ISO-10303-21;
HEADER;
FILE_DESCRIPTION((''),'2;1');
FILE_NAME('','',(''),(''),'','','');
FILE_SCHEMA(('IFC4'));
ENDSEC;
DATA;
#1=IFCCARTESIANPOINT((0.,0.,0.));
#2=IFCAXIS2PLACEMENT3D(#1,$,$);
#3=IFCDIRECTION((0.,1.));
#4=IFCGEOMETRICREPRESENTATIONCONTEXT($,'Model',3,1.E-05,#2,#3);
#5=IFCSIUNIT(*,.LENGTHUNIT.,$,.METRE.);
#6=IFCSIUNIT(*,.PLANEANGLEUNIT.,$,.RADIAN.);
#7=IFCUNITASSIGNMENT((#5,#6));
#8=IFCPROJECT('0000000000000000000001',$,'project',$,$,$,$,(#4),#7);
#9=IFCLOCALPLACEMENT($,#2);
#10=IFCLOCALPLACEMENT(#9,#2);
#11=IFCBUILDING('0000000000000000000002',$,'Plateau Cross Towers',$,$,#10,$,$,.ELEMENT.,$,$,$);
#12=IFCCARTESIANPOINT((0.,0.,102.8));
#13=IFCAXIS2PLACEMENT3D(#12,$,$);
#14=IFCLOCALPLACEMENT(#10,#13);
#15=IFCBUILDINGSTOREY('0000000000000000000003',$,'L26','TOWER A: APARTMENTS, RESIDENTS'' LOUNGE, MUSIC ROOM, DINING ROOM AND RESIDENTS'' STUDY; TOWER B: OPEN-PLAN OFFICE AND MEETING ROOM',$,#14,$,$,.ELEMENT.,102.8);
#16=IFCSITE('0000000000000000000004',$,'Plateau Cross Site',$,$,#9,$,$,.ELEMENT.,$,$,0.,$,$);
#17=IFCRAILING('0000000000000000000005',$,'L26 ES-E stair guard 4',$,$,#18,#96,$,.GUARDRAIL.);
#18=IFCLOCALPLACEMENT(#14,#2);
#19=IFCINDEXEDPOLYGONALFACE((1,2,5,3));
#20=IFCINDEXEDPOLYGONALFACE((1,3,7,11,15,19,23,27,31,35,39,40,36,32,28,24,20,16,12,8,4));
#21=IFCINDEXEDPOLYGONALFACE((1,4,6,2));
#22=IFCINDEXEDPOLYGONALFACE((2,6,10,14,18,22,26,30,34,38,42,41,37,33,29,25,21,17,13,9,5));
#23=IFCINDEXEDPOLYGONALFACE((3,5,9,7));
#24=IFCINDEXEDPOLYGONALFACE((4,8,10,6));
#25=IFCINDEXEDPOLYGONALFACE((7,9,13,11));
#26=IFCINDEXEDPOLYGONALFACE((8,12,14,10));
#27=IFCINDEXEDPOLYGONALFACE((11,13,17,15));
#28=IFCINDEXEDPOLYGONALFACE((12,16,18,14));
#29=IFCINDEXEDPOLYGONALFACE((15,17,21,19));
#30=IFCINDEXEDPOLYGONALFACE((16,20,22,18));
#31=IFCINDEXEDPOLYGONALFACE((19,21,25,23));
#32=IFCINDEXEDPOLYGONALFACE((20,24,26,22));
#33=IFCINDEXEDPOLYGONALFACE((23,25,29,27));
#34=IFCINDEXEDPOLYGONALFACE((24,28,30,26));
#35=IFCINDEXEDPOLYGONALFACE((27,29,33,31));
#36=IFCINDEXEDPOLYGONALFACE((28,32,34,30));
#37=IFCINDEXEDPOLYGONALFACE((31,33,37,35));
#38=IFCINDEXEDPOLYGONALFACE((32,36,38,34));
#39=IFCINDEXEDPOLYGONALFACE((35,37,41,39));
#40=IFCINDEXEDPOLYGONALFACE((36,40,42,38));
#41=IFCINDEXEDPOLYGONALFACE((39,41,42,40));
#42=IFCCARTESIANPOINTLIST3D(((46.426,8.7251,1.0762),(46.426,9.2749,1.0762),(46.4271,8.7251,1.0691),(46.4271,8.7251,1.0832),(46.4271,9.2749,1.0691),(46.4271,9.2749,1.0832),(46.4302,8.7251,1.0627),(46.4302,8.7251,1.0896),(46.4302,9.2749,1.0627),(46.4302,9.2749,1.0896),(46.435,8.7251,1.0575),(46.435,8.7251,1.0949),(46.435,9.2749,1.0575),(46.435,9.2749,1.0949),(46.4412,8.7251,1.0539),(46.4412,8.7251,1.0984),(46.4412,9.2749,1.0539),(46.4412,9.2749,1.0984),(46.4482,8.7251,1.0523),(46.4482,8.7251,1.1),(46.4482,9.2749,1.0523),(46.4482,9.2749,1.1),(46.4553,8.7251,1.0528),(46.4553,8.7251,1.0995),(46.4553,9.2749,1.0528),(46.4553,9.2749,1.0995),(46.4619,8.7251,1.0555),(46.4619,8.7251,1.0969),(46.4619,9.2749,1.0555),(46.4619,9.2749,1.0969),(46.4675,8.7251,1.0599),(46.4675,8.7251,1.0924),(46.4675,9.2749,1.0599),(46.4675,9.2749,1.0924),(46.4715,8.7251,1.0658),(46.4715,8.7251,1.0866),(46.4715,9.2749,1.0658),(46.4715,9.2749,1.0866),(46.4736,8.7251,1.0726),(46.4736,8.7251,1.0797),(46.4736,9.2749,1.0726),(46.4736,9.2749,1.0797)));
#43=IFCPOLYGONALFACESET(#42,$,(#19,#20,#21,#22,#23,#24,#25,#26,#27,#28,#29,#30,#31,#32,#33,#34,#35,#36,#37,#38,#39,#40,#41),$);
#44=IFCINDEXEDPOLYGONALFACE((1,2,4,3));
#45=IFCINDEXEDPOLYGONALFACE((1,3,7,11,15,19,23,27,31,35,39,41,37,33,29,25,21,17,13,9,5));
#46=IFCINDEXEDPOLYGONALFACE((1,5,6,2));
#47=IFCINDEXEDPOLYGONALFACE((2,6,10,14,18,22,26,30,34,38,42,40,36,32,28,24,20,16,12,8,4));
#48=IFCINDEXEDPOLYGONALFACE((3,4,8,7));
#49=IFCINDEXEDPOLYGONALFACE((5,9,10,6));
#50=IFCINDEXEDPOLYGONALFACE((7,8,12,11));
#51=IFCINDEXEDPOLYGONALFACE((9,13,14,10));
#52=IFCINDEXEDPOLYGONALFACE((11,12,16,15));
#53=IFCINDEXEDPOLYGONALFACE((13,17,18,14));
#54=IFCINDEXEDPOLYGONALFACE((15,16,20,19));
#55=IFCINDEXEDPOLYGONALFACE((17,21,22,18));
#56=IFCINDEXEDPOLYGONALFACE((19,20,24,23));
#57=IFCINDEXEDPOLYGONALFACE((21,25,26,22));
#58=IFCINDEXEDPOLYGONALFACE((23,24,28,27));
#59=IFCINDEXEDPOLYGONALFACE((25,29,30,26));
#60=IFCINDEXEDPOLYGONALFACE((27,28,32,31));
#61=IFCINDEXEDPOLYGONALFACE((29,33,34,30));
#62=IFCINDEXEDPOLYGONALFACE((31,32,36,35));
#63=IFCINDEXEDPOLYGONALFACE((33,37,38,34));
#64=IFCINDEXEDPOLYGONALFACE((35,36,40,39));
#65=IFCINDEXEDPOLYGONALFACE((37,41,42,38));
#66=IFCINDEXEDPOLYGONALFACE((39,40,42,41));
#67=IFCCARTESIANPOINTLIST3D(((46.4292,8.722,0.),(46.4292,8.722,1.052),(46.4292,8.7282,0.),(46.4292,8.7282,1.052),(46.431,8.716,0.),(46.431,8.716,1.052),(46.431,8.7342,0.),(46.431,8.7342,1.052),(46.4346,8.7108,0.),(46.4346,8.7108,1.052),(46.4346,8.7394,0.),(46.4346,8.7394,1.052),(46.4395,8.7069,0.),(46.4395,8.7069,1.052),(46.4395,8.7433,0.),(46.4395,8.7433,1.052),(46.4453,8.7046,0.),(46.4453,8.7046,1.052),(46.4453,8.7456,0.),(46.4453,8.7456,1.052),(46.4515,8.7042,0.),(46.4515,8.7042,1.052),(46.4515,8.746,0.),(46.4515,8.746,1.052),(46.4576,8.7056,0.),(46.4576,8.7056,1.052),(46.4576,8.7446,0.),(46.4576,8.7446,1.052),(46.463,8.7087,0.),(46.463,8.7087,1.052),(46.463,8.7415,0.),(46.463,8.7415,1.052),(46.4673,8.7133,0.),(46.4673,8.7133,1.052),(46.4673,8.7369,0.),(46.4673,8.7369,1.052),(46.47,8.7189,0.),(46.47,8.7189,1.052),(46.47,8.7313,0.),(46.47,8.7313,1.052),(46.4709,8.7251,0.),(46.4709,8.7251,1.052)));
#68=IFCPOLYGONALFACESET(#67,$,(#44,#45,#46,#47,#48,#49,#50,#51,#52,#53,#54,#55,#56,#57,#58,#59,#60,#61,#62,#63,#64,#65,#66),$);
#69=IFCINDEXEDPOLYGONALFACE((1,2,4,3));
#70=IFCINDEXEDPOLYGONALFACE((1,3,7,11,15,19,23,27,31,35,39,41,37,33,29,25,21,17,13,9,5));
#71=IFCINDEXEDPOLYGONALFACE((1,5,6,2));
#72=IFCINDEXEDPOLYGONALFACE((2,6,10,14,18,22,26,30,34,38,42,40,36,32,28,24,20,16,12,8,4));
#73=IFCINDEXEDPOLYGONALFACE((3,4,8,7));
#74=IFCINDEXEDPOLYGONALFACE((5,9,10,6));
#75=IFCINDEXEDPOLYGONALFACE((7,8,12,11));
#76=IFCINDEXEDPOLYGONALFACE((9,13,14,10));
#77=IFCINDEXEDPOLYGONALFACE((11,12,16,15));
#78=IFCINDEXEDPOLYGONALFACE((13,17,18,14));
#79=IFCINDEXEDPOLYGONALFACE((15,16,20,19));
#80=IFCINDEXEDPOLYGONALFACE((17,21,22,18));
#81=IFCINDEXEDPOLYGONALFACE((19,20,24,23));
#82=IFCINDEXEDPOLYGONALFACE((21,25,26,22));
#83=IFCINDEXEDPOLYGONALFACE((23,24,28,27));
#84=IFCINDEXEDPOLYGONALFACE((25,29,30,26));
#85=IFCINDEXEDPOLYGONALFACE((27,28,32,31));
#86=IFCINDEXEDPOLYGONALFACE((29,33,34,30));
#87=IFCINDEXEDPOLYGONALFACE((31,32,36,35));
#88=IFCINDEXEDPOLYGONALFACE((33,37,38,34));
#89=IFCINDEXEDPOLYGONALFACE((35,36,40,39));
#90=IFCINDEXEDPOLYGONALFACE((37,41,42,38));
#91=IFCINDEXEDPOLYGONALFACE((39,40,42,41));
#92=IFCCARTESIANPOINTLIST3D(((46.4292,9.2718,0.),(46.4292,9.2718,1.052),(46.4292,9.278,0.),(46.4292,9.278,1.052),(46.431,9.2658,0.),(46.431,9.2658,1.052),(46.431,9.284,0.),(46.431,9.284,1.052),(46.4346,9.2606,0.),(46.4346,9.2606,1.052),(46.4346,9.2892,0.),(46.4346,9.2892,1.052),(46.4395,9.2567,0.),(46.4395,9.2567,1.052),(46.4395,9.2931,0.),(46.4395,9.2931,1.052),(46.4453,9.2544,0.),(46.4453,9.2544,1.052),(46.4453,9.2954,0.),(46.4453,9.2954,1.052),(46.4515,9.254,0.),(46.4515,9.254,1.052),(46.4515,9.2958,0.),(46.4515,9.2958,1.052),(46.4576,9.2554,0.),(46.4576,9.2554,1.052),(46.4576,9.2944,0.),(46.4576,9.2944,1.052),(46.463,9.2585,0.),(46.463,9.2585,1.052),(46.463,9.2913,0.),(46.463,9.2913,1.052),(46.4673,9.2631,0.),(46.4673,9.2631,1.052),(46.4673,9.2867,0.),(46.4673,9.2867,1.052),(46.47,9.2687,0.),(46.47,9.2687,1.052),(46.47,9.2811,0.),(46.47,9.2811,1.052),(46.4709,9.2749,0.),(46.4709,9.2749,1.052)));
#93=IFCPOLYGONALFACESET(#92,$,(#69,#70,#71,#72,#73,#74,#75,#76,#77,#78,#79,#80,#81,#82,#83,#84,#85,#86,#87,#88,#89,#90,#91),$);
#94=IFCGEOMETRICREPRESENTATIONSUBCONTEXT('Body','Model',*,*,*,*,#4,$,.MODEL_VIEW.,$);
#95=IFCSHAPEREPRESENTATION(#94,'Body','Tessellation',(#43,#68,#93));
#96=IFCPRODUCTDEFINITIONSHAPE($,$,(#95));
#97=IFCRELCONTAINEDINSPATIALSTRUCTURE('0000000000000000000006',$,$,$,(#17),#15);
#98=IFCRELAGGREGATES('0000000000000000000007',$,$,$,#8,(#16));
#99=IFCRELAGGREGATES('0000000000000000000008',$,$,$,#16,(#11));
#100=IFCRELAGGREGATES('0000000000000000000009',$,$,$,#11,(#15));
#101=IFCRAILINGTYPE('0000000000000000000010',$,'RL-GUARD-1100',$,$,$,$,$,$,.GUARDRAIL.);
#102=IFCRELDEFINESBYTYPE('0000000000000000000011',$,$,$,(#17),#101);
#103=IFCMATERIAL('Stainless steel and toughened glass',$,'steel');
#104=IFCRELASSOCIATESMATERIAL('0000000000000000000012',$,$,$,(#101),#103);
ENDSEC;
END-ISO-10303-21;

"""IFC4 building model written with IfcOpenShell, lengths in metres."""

from ifc_helpers import new_model, si_unit, direction, frame, origin, origin_2d, place, context, subcontext, project, spatial, circle, extrude, material, type_object, element, save


model = new_model("IFC4")

# Units and contexts
model_context = context("Model", 3, precision=1e-05, world=origin(), true_north=direction((0.0, 1.0)))
body_context = subcontext(model_context, "Body", "Model", "MODEL_VIEW")
ifc_project = project(units=[si_unit("LENGTHUNIT", "METRE"), si_unit("PLANEANGLEUNIT", "RADIAN")], contexts=[model_context])

# Site, building, storey
site_placement = place(None, origin())
site = spatial("IfcSite", under=ifc_project, at=site_placement, Name="Plateau Cross Site", CompositionType="ELEMENT", RefElevation=0.0)
building_placement = place(site_placement, origin())
building = spatial("IfcBuilding", under=site, at=building_placement, Name="Plateau Cross Towers", CompositionType="ELEMENT")
storey_placement = place(building_placement, frame((0.0, 0.0, 102.8)))
storey = spatial("IfcBuildingStorey", under=building, at=storey_placement, Name="L26", Description="TOWER A: APARTMENTS, RESIDENTS' LOUNGE, MUSIC ROOM, DINING ROOM AND RESIDENTS' STUDY; TOWER B: OPEN-PLAN OFFICE AND MEETING ROOM", CompositionType="ELEMENT", Elevation=102.8)

# Railing
ifc_material_1 = material(Name="Stainless steel and toughened glass", Category="steel")
railing_type_1 = type_object("IfcRailingType", Name="RL-GUARD-1100", PredefinedType="GUARDRAIL", material=ifc_material_1)
railing_1_placement = place(storey_placement, frame((46.45, 8.7251, 0.0)))
element("IfcRailing", 1, at=railing_1_placement, inside=storey, type_object=railing_type_1, Name="L26 ES-E stair guard 4", PredefinedType="GUARDRAIL", context=body_context, shape_type="SweptSolid", body=[
    extrude(circle(Radius=0.0239, at=origin_2d()), frame((0.0, 0.0, 1.0762), z_axis=(0.0, 1.0, 0.0), x_axis=(-1.0, 0.0, 0.0)), (0.0, 0.0, 1.0), 0.5498),
    extrude(circle(Radius=0.021, at=origin_2d()), origin(), (0.0, 0.0, 1.0), 1.052),
    extrude(circle(Radius=0.021, at=origin_2d()), frame((0.0, 0.5498, 0.0)), (0.0, 0.0, 1.0), 1.052),
])

save(model, "model.ifc")
